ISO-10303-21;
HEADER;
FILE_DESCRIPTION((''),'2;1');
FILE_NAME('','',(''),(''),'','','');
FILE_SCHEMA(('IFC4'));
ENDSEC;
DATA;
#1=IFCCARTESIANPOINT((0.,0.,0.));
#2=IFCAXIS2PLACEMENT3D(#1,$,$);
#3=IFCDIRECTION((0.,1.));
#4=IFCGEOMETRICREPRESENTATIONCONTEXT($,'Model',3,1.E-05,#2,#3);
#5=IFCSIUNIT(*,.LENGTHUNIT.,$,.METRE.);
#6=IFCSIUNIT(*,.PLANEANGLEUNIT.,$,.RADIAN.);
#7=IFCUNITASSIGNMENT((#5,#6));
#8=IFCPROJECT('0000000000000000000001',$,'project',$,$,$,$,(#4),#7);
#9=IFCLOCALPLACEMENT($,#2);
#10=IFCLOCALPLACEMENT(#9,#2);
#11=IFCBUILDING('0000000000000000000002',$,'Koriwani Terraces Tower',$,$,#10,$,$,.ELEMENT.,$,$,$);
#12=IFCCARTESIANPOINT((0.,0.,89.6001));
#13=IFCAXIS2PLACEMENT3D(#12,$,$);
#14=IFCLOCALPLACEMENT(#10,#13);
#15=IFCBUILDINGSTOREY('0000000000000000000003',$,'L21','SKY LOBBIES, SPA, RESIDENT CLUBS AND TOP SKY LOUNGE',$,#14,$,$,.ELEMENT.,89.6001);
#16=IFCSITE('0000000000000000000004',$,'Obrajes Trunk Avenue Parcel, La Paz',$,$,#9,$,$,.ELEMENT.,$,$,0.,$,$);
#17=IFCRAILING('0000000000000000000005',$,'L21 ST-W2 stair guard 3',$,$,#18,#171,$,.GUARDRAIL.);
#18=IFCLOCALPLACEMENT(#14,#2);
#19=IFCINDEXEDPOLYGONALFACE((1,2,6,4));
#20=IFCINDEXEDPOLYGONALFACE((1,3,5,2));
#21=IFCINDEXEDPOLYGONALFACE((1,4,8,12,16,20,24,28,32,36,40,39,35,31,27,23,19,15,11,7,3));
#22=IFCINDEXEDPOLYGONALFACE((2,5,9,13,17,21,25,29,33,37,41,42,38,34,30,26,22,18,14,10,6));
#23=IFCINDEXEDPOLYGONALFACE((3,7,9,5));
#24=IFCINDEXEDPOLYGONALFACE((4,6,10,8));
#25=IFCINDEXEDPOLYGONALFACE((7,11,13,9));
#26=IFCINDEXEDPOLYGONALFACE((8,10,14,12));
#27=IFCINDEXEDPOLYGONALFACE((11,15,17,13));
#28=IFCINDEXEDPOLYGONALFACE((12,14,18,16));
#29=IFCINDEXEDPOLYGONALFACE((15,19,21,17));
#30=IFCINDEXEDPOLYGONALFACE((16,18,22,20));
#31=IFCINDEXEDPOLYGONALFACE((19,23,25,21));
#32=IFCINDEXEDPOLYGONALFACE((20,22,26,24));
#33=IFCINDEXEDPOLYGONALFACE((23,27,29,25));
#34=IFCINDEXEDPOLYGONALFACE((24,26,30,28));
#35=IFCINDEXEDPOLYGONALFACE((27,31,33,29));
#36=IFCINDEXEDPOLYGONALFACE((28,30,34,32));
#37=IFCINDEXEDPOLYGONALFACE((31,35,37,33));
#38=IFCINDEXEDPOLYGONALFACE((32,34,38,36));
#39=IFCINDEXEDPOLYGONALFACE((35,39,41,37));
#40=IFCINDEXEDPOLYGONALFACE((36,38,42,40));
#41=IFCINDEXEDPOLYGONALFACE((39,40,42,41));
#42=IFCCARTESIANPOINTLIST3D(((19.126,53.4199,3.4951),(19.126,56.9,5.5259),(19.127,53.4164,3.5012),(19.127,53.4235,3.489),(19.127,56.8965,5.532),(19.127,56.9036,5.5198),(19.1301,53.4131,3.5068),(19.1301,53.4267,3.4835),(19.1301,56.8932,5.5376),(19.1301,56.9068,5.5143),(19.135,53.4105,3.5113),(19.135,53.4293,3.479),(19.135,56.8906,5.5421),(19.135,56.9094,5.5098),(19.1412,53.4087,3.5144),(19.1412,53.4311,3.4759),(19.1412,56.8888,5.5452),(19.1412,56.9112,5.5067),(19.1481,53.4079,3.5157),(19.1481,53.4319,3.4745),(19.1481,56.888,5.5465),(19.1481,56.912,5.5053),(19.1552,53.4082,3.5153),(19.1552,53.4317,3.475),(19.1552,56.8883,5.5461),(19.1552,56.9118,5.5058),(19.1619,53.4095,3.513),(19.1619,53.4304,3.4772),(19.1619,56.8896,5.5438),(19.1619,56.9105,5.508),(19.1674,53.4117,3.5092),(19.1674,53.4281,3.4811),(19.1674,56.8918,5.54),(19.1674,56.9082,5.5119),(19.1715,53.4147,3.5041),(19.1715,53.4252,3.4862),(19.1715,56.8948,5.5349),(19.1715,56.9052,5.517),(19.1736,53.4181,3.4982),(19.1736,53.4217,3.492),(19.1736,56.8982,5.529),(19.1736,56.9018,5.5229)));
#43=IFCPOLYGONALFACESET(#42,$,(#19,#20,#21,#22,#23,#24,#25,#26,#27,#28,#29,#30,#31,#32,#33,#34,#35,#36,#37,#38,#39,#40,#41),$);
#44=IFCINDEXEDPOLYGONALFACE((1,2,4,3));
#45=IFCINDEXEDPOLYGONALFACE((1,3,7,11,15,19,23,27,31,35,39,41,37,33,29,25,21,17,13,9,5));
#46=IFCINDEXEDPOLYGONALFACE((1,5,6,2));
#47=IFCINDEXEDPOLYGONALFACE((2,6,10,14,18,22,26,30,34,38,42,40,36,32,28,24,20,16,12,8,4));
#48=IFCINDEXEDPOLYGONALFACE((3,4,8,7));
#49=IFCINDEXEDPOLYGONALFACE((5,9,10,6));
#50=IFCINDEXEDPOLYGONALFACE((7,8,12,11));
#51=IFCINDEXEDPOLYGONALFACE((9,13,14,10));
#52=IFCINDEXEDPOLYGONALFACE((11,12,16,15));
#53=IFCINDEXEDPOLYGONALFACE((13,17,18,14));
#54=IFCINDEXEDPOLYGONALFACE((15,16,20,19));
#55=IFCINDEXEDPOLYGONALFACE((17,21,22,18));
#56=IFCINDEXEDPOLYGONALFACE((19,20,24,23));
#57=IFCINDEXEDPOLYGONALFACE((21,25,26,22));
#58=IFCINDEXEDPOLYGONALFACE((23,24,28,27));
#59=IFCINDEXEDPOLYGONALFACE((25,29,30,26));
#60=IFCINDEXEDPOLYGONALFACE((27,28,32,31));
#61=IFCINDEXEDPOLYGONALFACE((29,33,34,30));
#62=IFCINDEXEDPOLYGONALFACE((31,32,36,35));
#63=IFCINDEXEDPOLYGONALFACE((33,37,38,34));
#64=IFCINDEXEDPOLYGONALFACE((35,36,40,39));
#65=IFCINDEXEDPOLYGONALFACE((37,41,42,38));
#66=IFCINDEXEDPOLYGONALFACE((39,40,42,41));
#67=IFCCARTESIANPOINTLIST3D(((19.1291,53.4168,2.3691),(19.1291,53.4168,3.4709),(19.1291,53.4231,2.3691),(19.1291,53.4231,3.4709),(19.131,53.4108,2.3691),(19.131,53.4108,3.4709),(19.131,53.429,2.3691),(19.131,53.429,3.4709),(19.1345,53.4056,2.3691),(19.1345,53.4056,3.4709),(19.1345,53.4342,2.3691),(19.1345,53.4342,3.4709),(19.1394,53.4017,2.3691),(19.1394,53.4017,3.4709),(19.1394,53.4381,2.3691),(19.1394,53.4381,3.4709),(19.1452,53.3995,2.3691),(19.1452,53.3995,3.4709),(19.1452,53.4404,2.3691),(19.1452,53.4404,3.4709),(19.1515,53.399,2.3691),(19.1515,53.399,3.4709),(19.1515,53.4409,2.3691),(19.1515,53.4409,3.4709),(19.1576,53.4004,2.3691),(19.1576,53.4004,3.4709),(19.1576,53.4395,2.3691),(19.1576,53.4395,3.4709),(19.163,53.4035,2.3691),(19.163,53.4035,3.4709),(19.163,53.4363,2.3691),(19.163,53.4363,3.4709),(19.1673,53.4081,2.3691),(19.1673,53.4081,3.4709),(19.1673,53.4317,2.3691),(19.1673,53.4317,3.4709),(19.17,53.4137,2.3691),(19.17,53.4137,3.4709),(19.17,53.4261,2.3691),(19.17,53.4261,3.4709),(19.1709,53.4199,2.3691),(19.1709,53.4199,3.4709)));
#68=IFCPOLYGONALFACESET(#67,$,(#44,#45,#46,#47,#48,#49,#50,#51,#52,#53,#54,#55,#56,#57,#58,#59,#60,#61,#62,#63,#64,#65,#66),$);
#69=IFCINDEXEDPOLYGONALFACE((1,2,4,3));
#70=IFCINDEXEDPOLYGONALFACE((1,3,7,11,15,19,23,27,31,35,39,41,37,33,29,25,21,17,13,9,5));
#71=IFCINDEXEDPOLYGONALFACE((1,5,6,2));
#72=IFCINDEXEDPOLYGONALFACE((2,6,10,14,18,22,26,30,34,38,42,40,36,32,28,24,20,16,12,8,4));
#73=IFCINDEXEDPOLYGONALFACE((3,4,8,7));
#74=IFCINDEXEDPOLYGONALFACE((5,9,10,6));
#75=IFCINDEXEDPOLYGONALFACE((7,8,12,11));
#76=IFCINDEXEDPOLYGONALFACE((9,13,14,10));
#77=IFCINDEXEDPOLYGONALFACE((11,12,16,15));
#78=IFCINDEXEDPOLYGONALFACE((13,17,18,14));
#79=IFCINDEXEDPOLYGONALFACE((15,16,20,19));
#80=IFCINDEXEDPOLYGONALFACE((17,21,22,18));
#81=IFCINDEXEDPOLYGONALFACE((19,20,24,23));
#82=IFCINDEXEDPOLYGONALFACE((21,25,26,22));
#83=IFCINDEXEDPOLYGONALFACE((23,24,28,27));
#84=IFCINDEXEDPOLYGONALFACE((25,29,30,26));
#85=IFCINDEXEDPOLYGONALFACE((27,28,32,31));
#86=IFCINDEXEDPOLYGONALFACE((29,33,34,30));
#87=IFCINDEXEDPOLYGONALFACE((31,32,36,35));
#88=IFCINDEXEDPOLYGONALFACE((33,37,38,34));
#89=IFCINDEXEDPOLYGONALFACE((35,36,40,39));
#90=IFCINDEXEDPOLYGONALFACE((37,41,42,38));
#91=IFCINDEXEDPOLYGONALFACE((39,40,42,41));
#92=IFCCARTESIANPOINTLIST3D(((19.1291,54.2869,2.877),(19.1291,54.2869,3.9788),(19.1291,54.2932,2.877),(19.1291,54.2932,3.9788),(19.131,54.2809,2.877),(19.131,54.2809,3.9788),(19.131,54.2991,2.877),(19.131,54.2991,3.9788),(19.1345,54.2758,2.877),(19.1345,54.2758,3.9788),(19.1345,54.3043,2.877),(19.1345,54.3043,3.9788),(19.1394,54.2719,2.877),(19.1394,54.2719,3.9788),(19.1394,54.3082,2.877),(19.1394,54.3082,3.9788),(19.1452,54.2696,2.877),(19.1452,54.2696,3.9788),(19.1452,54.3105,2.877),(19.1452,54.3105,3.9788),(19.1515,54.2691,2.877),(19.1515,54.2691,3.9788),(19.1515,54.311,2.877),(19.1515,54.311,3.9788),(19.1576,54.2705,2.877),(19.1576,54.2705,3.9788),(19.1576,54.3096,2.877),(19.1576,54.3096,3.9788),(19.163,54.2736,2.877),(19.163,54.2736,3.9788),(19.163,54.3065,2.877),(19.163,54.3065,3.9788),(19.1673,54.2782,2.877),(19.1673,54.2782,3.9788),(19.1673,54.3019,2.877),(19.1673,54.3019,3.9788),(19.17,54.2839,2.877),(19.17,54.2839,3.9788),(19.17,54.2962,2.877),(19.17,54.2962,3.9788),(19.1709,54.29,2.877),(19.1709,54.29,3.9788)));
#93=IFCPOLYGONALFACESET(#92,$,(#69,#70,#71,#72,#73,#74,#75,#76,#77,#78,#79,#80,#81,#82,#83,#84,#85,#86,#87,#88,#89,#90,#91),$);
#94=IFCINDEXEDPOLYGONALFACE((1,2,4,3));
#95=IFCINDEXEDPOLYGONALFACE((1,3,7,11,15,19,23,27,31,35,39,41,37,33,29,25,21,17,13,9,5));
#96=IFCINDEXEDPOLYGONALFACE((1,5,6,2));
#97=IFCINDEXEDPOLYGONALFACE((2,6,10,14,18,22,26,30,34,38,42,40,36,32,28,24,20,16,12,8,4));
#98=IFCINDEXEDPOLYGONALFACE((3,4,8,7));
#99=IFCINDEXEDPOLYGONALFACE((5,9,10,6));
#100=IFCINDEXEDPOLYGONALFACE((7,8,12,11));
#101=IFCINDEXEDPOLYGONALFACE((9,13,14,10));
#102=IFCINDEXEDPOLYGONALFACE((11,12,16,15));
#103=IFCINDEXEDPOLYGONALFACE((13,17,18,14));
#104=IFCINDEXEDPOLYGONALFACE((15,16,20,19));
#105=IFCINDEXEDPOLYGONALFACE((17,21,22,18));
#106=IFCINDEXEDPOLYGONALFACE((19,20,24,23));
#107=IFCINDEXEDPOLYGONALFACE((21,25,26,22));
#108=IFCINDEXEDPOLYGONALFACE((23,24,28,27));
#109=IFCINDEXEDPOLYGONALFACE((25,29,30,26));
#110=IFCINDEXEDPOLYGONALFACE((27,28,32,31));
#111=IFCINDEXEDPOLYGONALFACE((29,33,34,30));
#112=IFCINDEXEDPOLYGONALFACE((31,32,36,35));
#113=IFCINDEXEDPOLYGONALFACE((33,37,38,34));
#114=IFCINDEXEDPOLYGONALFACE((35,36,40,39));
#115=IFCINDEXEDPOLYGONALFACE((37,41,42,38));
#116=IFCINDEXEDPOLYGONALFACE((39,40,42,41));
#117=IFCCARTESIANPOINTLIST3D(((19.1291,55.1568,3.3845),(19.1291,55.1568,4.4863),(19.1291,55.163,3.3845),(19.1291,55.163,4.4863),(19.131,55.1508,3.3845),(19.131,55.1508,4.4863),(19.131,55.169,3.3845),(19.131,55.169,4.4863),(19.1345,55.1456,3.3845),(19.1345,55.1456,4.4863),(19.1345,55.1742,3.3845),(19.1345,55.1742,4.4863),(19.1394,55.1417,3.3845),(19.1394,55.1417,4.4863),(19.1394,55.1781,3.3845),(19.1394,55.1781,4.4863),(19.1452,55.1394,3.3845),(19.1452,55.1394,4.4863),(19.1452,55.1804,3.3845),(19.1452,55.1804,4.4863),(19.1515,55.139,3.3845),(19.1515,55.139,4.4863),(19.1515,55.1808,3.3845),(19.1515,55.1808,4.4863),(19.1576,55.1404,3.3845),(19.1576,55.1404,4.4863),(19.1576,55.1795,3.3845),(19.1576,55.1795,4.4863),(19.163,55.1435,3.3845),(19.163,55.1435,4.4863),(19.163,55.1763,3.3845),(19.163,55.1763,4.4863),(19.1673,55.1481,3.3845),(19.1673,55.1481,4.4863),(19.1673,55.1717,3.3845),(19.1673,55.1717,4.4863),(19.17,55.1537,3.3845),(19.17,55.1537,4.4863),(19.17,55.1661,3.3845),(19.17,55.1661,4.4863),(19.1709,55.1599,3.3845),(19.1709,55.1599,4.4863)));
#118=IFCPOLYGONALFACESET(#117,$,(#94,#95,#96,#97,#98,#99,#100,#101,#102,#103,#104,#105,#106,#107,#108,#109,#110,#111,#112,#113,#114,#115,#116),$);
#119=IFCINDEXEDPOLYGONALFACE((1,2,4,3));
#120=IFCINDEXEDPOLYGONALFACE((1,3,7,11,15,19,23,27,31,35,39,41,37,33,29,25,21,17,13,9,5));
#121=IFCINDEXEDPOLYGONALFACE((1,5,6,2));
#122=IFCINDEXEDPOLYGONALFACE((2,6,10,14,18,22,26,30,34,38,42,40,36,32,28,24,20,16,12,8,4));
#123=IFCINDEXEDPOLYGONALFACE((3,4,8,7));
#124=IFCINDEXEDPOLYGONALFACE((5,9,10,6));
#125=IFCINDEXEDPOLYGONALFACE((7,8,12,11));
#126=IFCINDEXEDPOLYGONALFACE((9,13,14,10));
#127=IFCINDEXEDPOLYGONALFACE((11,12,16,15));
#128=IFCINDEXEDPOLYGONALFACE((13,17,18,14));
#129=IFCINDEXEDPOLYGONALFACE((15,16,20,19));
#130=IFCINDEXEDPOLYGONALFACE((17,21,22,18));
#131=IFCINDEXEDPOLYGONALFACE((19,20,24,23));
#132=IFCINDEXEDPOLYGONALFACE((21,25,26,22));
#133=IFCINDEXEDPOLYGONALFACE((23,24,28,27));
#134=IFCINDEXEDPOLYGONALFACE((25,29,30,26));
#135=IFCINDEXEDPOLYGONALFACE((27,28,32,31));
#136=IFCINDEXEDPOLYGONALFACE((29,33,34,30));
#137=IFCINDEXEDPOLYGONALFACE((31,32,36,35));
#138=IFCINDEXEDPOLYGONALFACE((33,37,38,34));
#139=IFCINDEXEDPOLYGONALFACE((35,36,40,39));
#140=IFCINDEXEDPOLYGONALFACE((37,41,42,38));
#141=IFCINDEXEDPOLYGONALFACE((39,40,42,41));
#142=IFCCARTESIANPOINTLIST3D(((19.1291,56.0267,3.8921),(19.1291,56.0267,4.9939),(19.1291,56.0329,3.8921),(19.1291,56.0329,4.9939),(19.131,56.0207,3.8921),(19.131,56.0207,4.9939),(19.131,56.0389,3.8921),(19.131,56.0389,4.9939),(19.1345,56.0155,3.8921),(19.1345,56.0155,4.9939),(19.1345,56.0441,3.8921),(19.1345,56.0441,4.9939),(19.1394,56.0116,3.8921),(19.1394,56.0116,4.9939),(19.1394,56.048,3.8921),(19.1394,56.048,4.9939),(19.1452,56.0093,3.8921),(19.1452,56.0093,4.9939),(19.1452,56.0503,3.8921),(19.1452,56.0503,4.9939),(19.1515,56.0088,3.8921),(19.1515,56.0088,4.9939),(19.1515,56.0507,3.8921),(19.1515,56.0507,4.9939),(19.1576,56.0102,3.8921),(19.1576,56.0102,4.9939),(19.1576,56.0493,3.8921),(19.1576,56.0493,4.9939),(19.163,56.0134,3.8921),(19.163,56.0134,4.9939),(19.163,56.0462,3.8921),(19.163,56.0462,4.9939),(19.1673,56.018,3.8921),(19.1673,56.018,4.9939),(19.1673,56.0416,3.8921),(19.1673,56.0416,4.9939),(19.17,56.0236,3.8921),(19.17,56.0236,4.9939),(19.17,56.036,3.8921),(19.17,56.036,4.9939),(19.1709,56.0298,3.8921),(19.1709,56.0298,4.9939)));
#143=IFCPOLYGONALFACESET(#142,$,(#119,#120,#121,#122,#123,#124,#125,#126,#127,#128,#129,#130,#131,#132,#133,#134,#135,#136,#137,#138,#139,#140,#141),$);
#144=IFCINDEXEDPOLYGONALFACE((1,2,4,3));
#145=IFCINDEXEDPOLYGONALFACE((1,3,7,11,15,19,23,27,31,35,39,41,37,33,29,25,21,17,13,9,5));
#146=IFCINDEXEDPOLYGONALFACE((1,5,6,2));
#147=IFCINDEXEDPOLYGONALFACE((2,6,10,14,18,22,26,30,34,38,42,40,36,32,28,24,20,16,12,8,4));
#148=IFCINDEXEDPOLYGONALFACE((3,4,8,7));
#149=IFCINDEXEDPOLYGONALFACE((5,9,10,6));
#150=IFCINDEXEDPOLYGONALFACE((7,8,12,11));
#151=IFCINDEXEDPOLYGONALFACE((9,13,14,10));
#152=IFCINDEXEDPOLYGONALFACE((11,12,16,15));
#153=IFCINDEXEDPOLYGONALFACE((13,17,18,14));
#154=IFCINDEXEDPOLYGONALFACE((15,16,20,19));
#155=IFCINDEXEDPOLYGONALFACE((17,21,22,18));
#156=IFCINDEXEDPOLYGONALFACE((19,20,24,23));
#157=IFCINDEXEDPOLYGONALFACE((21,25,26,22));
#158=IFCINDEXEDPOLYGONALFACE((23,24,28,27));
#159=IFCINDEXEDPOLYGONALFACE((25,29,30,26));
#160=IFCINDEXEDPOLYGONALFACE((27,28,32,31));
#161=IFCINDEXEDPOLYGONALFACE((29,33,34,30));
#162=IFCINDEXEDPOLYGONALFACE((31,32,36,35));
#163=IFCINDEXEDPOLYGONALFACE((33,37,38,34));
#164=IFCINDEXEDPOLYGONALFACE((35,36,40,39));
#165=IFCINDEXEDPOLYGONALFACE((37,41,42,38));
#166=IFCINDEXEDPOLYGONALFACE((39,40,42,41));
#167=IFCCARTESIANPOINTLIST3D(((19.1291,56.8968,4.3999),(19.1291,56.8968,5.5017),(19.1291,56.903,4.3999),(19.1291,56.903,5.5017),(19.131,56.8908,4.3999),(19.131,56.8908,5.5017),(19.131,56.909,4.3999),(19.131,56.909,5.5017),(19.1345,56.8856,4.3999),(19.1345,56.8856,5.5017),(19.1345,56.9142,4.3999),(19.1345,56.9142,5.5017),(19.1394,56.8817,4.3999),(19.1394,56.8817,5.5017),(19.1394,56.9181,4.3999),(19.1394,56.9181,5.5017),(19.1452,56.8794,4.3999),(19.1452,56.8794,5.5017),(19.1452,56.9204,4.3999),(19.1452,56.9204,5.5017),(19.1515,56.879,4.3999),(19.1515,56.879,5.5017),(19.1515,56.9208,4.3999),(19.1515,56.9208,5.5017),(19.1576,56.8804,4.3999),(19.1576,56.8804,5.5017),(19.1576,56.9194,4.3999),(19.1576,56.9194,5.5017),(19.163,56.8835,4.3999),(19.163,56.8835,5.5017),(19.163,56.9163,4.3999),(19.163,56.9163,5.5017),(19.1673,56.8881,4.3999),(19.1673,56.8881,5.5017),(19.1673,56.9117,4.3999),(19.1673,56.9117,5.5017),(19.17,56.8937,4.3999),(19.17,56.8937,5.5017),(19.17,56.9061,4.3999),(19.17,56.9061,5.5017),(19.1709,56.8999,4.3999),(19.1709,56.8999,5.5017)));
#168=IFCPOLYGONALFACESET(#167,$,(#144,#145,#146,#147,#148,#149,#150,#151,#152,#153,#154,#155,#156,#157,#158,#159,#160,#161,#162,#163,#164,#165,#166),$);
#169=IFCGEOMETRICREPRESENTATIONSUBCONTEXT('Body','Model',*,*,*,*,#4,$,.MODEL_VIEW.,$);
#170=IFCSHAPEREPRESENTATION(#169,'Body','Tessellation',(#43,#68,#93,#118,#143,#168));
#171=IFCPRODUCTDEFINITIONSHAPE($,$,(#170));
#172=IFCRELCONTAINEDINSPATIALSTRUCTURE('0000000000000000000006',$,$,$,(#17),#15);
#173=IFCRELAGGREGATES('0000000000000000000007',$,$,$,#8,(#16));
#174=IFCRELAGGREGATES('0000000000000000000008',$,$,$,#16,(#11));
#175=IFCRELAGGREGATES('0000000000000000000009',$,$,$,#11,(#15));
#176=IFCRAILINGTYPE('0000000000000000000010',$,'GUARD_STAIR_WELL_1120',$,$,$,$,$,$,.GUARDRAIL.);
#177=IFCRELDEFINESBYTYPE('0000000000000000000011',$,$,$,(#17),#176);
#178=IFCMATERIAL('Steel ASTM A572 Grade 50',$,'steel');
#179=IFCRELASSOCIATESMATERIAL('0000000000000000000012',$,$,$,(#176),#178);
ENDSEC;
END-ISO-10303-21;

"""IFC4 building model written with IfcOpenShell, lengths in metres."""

from ifc_helpers import new_model, si_unit, direction, frame, origin, origin_2d, place, context, subcontext, project, spatial, circle, extrude, material, type_object, element, save


model = new_model("IFC4")

# Units and contexts
model_context = context("Model", 3, precision=1e-05, world=origin(), true_north=direction((0.0, 1.0)))
body_context = subcontext(model_context, "Body", "Model", "MODEL_VIEW")
ifc_project = project(units=[si_unit("LENGTHUNIT", "METRE"), si_unit("PLANEANGLEUNIT", "RADIAN")], contexts=[model_context])

# Site, building, storey
site_placement = place(None, origin())
site = spatial("IfcSite", under=ifc_project, at=site_placement, Name="Obrajes Trunk Avenue Parcel, La Paz", CompositionType="ELEMENT", RefElevation=0.0)
building_placement = place(site_placement, origin())
building = spatial("IfcBuilding", under=site, at=building_placement, Name="Koriwani Terraces Tower", CompositionType="ELEMENT")
storey_placement = place(building_placement, frame((0.0, 0.0, 89.6001)))
storey = spatial("IfcBuildingStorey", under=building, at=storey_placement, Name="L21", Description="SKY LOBBIES, SPA, RESIDENT CLUBS AND TOP SKY LOUNGE", CompositionType="ELEMENT", Elevation=89.6001)

# Shared definitions
ifc_material_1 = material(Name="Steel ASTM A572 Grade 50", Category="steel")

# Railing
railing_type_1 = type_object("IfcRailingType", Name="GUARD_STAIR_WELL_1120", PredefinedType="GUARDRAIL", material=ifc_material_1)
railing_1_placement = place(storey_placement, frame((19.1499, 53.4199, 2.3691)))
element("IfcRailing", 1, at=railing_1_placement, inside=storey, type_object=railing_type_1, Name="L21 ST-W2 stair guard 3", PredefinedType="GUARDRAIL", context=body_context, shape_type="SweptSolid", body=[
    extrude(circle(Radius=0.0239, at=origin_2d()), frame((0.0, 0.0, 1.126), z_axis=(0.0, 0.863695, 0.504014), x_axis=(-1.0, 0.0, 0.0)), (0.0, 0.0, 1.0), 4.0293),
    extrude(circle(Radius=0.021, at=origin_2d()), origin(), (0.0, 0.0, 1.0), 1.1018),
    extrude(circle(Radius=0.021, at=origin_2d()), frame((0.0, 0.8701, 0.5078)), (0.0, 0.0, 1.0), 1.1018),
    extrude(circle(Radius=0.021, at=origin_2d()), frame((0.0, 1.74, 1.0154)), (0.0, 0.0, 1.0), 1.1018),
    extrude(circle(Radius=0.021, at=origin_2d()), frame((0.0, 2.6099, 1.5229)), (0.0, 0.0, 1.0), 1.1018),
    extrude(circle(Radius=0.021, at=origin_2d()), frame((0.0, 3.48, 2.0308)), (0.0, 0.0, 1.0), 1.1018),
])

save(model, "model.ifc")
